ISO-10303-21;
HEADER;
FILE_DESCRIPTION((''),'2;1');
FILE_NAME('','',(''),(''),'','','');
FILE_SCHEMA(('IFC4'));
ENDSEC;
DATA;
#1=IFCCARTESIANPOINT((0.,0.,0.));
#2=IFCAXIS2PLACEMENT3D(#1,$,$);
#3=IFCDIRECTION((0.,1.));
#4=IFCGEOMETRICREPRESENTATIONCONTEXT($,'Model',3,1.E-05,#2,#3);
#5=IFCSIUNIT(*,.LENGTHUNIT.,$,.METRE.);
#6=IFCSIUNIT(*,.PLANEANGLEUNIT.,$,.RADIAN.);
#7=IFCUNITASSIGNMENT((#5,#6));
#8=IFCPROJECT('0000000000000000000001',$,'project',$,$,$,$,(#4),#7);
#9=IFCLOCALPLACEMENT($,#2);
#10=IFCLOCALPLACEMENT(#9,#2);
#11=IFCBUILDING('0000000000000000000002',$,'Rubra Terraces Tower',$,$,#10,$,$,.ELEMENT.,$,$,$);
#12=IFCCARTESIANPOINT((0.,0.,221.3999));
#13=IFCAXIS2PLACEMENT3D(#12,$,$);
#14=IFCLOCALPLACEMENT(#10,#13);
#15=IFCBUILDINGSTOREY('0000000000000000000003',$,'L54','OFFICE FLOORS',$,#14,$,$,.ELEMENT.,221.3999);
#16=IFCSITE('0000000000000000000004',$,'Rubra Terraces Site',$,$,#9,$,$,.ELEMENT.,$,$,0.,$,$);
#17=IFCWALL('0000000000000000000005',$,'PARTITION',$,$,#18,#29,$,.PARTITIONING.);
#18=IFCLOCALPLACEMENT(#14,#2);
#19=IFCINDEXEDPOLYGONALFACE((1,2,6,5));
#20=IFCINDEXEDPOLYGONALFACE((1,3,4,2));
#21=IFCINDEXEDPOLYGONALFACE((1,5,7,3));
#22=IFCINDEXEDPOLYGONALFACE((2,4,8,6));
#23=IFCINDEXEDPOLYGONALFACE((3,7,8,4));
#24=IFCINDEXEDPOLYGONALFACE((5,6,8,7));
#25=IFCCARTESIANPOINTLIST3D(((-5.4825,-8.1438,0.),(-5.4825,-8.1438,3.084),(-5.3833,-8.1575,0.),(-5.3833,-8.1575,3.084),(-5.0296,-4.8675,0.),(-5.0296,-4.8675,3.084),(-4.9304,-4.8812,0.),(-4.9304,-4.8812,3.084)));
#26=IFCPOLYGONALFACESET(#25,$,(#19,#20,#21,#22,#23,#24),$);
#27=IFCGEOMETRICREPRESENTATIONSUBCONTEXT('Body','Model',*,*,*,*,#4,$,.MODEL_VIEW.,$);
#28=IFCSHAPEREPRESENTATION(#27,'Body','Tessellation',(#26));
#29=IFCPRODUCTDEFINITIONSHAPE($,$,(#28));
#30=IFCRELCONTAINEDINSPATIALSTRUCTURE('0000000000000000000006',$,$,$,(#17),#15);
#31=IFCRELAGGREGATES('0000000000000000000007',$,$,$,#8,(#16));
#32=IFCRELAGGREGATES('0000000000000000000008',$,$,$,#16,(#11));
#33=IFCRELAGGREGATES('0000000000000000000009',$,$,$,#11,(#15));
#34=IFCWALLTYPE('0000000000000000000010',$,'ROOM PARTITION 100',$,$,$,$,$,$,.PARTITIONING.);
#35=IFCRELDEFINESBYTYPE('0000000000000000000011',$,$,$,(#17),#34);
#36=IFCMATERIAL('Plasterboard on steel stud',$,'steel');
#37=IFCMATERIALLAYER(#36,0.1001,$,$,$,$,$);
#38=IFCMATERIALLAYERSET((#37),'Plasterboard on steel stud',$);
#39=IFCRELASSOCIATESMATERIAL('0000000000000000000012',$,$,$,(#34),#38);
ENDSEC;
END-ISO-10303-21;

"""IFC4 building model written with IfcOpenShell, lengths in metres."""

from ifc_helpers import new_model, si_unit, direction, frame, frame_2d, origin, place, context, subcontext, project, spatial, rectangle, extrude, material, layer, layer_set, type_object, element, save


model = new_model("IFC4")

# Units and contexts
model_context = context("Model", 3, precision=1e-05, world=origin(), true_north=direction((0.0, 1.0)))
body_context = subcontext(model_context, "Body", "Model", "MODEL_VIEW")
ifc_project = project(units=[si_unit("LENGTHUNIT", "METRE"), si_unit("PLANEANGLEUNIT", "RADIAN")], contexts=[model_context])

# Site, building, storey
site_placement = place(None, origin())
site = spatial("IfcSite", under=ifc_project, at=site_placement, Name="Rubra Terraces Site", CompositionType="ELEMENT", RefElevation=0.0)
building_placement = place(site_placement, origin())
building = spatial("IfcBuilding", under=site, at=building_placement, Name="Rubra Terraces Tower", CompositionType="ELEMENT")
storey_placement = place(building_placement, frame((0.0, 0.0, 221.3999)))
storey = spatial("IfcBuildingStorey", under=building, at=storey_placement, Name="L54", Description="OFFICE FLOORS", CompositionType="ELEMENT", Elevation=221.3999)

# Wall
ifc_material_1 = material(Name="Plasterboard on steel stud", Category="steel")
ifc_layer_1 = layer(ifc_material_1, 0.1001)
ifc_layer_set_1 = layer_set([ifc_layer_1], Name="Plasterboard on steel stud")
wall_type_1 = type_object("IfcWallType", Name="ROOM PARTITION 100", PredefinedType="PARTITIONING", material=ifc_layer_set_1)
wall_1_placement = place(storey_placement, frame((-4.98, -4.8743, 0.0), z_axis=(0.0, 0.0, 1.0), x_axis=(-0.136935, -0.99058, 0.0)))
element("IfcWall", 1, at=wall_1_placement, inside=storey, type_object=wall_type_1, Name="PARTITION", PredefinedType="PARTITIONING", context=body_context, shape_type="SweptSolid", body=[
    extrude(rectangle(XDim=3.3074, YDim=0.1001, at=frame_2d((1.6538, 0.0))), origin(), (0.0, 0.0, 1.0), 3.084),
])

save(model, "model.ifc")
